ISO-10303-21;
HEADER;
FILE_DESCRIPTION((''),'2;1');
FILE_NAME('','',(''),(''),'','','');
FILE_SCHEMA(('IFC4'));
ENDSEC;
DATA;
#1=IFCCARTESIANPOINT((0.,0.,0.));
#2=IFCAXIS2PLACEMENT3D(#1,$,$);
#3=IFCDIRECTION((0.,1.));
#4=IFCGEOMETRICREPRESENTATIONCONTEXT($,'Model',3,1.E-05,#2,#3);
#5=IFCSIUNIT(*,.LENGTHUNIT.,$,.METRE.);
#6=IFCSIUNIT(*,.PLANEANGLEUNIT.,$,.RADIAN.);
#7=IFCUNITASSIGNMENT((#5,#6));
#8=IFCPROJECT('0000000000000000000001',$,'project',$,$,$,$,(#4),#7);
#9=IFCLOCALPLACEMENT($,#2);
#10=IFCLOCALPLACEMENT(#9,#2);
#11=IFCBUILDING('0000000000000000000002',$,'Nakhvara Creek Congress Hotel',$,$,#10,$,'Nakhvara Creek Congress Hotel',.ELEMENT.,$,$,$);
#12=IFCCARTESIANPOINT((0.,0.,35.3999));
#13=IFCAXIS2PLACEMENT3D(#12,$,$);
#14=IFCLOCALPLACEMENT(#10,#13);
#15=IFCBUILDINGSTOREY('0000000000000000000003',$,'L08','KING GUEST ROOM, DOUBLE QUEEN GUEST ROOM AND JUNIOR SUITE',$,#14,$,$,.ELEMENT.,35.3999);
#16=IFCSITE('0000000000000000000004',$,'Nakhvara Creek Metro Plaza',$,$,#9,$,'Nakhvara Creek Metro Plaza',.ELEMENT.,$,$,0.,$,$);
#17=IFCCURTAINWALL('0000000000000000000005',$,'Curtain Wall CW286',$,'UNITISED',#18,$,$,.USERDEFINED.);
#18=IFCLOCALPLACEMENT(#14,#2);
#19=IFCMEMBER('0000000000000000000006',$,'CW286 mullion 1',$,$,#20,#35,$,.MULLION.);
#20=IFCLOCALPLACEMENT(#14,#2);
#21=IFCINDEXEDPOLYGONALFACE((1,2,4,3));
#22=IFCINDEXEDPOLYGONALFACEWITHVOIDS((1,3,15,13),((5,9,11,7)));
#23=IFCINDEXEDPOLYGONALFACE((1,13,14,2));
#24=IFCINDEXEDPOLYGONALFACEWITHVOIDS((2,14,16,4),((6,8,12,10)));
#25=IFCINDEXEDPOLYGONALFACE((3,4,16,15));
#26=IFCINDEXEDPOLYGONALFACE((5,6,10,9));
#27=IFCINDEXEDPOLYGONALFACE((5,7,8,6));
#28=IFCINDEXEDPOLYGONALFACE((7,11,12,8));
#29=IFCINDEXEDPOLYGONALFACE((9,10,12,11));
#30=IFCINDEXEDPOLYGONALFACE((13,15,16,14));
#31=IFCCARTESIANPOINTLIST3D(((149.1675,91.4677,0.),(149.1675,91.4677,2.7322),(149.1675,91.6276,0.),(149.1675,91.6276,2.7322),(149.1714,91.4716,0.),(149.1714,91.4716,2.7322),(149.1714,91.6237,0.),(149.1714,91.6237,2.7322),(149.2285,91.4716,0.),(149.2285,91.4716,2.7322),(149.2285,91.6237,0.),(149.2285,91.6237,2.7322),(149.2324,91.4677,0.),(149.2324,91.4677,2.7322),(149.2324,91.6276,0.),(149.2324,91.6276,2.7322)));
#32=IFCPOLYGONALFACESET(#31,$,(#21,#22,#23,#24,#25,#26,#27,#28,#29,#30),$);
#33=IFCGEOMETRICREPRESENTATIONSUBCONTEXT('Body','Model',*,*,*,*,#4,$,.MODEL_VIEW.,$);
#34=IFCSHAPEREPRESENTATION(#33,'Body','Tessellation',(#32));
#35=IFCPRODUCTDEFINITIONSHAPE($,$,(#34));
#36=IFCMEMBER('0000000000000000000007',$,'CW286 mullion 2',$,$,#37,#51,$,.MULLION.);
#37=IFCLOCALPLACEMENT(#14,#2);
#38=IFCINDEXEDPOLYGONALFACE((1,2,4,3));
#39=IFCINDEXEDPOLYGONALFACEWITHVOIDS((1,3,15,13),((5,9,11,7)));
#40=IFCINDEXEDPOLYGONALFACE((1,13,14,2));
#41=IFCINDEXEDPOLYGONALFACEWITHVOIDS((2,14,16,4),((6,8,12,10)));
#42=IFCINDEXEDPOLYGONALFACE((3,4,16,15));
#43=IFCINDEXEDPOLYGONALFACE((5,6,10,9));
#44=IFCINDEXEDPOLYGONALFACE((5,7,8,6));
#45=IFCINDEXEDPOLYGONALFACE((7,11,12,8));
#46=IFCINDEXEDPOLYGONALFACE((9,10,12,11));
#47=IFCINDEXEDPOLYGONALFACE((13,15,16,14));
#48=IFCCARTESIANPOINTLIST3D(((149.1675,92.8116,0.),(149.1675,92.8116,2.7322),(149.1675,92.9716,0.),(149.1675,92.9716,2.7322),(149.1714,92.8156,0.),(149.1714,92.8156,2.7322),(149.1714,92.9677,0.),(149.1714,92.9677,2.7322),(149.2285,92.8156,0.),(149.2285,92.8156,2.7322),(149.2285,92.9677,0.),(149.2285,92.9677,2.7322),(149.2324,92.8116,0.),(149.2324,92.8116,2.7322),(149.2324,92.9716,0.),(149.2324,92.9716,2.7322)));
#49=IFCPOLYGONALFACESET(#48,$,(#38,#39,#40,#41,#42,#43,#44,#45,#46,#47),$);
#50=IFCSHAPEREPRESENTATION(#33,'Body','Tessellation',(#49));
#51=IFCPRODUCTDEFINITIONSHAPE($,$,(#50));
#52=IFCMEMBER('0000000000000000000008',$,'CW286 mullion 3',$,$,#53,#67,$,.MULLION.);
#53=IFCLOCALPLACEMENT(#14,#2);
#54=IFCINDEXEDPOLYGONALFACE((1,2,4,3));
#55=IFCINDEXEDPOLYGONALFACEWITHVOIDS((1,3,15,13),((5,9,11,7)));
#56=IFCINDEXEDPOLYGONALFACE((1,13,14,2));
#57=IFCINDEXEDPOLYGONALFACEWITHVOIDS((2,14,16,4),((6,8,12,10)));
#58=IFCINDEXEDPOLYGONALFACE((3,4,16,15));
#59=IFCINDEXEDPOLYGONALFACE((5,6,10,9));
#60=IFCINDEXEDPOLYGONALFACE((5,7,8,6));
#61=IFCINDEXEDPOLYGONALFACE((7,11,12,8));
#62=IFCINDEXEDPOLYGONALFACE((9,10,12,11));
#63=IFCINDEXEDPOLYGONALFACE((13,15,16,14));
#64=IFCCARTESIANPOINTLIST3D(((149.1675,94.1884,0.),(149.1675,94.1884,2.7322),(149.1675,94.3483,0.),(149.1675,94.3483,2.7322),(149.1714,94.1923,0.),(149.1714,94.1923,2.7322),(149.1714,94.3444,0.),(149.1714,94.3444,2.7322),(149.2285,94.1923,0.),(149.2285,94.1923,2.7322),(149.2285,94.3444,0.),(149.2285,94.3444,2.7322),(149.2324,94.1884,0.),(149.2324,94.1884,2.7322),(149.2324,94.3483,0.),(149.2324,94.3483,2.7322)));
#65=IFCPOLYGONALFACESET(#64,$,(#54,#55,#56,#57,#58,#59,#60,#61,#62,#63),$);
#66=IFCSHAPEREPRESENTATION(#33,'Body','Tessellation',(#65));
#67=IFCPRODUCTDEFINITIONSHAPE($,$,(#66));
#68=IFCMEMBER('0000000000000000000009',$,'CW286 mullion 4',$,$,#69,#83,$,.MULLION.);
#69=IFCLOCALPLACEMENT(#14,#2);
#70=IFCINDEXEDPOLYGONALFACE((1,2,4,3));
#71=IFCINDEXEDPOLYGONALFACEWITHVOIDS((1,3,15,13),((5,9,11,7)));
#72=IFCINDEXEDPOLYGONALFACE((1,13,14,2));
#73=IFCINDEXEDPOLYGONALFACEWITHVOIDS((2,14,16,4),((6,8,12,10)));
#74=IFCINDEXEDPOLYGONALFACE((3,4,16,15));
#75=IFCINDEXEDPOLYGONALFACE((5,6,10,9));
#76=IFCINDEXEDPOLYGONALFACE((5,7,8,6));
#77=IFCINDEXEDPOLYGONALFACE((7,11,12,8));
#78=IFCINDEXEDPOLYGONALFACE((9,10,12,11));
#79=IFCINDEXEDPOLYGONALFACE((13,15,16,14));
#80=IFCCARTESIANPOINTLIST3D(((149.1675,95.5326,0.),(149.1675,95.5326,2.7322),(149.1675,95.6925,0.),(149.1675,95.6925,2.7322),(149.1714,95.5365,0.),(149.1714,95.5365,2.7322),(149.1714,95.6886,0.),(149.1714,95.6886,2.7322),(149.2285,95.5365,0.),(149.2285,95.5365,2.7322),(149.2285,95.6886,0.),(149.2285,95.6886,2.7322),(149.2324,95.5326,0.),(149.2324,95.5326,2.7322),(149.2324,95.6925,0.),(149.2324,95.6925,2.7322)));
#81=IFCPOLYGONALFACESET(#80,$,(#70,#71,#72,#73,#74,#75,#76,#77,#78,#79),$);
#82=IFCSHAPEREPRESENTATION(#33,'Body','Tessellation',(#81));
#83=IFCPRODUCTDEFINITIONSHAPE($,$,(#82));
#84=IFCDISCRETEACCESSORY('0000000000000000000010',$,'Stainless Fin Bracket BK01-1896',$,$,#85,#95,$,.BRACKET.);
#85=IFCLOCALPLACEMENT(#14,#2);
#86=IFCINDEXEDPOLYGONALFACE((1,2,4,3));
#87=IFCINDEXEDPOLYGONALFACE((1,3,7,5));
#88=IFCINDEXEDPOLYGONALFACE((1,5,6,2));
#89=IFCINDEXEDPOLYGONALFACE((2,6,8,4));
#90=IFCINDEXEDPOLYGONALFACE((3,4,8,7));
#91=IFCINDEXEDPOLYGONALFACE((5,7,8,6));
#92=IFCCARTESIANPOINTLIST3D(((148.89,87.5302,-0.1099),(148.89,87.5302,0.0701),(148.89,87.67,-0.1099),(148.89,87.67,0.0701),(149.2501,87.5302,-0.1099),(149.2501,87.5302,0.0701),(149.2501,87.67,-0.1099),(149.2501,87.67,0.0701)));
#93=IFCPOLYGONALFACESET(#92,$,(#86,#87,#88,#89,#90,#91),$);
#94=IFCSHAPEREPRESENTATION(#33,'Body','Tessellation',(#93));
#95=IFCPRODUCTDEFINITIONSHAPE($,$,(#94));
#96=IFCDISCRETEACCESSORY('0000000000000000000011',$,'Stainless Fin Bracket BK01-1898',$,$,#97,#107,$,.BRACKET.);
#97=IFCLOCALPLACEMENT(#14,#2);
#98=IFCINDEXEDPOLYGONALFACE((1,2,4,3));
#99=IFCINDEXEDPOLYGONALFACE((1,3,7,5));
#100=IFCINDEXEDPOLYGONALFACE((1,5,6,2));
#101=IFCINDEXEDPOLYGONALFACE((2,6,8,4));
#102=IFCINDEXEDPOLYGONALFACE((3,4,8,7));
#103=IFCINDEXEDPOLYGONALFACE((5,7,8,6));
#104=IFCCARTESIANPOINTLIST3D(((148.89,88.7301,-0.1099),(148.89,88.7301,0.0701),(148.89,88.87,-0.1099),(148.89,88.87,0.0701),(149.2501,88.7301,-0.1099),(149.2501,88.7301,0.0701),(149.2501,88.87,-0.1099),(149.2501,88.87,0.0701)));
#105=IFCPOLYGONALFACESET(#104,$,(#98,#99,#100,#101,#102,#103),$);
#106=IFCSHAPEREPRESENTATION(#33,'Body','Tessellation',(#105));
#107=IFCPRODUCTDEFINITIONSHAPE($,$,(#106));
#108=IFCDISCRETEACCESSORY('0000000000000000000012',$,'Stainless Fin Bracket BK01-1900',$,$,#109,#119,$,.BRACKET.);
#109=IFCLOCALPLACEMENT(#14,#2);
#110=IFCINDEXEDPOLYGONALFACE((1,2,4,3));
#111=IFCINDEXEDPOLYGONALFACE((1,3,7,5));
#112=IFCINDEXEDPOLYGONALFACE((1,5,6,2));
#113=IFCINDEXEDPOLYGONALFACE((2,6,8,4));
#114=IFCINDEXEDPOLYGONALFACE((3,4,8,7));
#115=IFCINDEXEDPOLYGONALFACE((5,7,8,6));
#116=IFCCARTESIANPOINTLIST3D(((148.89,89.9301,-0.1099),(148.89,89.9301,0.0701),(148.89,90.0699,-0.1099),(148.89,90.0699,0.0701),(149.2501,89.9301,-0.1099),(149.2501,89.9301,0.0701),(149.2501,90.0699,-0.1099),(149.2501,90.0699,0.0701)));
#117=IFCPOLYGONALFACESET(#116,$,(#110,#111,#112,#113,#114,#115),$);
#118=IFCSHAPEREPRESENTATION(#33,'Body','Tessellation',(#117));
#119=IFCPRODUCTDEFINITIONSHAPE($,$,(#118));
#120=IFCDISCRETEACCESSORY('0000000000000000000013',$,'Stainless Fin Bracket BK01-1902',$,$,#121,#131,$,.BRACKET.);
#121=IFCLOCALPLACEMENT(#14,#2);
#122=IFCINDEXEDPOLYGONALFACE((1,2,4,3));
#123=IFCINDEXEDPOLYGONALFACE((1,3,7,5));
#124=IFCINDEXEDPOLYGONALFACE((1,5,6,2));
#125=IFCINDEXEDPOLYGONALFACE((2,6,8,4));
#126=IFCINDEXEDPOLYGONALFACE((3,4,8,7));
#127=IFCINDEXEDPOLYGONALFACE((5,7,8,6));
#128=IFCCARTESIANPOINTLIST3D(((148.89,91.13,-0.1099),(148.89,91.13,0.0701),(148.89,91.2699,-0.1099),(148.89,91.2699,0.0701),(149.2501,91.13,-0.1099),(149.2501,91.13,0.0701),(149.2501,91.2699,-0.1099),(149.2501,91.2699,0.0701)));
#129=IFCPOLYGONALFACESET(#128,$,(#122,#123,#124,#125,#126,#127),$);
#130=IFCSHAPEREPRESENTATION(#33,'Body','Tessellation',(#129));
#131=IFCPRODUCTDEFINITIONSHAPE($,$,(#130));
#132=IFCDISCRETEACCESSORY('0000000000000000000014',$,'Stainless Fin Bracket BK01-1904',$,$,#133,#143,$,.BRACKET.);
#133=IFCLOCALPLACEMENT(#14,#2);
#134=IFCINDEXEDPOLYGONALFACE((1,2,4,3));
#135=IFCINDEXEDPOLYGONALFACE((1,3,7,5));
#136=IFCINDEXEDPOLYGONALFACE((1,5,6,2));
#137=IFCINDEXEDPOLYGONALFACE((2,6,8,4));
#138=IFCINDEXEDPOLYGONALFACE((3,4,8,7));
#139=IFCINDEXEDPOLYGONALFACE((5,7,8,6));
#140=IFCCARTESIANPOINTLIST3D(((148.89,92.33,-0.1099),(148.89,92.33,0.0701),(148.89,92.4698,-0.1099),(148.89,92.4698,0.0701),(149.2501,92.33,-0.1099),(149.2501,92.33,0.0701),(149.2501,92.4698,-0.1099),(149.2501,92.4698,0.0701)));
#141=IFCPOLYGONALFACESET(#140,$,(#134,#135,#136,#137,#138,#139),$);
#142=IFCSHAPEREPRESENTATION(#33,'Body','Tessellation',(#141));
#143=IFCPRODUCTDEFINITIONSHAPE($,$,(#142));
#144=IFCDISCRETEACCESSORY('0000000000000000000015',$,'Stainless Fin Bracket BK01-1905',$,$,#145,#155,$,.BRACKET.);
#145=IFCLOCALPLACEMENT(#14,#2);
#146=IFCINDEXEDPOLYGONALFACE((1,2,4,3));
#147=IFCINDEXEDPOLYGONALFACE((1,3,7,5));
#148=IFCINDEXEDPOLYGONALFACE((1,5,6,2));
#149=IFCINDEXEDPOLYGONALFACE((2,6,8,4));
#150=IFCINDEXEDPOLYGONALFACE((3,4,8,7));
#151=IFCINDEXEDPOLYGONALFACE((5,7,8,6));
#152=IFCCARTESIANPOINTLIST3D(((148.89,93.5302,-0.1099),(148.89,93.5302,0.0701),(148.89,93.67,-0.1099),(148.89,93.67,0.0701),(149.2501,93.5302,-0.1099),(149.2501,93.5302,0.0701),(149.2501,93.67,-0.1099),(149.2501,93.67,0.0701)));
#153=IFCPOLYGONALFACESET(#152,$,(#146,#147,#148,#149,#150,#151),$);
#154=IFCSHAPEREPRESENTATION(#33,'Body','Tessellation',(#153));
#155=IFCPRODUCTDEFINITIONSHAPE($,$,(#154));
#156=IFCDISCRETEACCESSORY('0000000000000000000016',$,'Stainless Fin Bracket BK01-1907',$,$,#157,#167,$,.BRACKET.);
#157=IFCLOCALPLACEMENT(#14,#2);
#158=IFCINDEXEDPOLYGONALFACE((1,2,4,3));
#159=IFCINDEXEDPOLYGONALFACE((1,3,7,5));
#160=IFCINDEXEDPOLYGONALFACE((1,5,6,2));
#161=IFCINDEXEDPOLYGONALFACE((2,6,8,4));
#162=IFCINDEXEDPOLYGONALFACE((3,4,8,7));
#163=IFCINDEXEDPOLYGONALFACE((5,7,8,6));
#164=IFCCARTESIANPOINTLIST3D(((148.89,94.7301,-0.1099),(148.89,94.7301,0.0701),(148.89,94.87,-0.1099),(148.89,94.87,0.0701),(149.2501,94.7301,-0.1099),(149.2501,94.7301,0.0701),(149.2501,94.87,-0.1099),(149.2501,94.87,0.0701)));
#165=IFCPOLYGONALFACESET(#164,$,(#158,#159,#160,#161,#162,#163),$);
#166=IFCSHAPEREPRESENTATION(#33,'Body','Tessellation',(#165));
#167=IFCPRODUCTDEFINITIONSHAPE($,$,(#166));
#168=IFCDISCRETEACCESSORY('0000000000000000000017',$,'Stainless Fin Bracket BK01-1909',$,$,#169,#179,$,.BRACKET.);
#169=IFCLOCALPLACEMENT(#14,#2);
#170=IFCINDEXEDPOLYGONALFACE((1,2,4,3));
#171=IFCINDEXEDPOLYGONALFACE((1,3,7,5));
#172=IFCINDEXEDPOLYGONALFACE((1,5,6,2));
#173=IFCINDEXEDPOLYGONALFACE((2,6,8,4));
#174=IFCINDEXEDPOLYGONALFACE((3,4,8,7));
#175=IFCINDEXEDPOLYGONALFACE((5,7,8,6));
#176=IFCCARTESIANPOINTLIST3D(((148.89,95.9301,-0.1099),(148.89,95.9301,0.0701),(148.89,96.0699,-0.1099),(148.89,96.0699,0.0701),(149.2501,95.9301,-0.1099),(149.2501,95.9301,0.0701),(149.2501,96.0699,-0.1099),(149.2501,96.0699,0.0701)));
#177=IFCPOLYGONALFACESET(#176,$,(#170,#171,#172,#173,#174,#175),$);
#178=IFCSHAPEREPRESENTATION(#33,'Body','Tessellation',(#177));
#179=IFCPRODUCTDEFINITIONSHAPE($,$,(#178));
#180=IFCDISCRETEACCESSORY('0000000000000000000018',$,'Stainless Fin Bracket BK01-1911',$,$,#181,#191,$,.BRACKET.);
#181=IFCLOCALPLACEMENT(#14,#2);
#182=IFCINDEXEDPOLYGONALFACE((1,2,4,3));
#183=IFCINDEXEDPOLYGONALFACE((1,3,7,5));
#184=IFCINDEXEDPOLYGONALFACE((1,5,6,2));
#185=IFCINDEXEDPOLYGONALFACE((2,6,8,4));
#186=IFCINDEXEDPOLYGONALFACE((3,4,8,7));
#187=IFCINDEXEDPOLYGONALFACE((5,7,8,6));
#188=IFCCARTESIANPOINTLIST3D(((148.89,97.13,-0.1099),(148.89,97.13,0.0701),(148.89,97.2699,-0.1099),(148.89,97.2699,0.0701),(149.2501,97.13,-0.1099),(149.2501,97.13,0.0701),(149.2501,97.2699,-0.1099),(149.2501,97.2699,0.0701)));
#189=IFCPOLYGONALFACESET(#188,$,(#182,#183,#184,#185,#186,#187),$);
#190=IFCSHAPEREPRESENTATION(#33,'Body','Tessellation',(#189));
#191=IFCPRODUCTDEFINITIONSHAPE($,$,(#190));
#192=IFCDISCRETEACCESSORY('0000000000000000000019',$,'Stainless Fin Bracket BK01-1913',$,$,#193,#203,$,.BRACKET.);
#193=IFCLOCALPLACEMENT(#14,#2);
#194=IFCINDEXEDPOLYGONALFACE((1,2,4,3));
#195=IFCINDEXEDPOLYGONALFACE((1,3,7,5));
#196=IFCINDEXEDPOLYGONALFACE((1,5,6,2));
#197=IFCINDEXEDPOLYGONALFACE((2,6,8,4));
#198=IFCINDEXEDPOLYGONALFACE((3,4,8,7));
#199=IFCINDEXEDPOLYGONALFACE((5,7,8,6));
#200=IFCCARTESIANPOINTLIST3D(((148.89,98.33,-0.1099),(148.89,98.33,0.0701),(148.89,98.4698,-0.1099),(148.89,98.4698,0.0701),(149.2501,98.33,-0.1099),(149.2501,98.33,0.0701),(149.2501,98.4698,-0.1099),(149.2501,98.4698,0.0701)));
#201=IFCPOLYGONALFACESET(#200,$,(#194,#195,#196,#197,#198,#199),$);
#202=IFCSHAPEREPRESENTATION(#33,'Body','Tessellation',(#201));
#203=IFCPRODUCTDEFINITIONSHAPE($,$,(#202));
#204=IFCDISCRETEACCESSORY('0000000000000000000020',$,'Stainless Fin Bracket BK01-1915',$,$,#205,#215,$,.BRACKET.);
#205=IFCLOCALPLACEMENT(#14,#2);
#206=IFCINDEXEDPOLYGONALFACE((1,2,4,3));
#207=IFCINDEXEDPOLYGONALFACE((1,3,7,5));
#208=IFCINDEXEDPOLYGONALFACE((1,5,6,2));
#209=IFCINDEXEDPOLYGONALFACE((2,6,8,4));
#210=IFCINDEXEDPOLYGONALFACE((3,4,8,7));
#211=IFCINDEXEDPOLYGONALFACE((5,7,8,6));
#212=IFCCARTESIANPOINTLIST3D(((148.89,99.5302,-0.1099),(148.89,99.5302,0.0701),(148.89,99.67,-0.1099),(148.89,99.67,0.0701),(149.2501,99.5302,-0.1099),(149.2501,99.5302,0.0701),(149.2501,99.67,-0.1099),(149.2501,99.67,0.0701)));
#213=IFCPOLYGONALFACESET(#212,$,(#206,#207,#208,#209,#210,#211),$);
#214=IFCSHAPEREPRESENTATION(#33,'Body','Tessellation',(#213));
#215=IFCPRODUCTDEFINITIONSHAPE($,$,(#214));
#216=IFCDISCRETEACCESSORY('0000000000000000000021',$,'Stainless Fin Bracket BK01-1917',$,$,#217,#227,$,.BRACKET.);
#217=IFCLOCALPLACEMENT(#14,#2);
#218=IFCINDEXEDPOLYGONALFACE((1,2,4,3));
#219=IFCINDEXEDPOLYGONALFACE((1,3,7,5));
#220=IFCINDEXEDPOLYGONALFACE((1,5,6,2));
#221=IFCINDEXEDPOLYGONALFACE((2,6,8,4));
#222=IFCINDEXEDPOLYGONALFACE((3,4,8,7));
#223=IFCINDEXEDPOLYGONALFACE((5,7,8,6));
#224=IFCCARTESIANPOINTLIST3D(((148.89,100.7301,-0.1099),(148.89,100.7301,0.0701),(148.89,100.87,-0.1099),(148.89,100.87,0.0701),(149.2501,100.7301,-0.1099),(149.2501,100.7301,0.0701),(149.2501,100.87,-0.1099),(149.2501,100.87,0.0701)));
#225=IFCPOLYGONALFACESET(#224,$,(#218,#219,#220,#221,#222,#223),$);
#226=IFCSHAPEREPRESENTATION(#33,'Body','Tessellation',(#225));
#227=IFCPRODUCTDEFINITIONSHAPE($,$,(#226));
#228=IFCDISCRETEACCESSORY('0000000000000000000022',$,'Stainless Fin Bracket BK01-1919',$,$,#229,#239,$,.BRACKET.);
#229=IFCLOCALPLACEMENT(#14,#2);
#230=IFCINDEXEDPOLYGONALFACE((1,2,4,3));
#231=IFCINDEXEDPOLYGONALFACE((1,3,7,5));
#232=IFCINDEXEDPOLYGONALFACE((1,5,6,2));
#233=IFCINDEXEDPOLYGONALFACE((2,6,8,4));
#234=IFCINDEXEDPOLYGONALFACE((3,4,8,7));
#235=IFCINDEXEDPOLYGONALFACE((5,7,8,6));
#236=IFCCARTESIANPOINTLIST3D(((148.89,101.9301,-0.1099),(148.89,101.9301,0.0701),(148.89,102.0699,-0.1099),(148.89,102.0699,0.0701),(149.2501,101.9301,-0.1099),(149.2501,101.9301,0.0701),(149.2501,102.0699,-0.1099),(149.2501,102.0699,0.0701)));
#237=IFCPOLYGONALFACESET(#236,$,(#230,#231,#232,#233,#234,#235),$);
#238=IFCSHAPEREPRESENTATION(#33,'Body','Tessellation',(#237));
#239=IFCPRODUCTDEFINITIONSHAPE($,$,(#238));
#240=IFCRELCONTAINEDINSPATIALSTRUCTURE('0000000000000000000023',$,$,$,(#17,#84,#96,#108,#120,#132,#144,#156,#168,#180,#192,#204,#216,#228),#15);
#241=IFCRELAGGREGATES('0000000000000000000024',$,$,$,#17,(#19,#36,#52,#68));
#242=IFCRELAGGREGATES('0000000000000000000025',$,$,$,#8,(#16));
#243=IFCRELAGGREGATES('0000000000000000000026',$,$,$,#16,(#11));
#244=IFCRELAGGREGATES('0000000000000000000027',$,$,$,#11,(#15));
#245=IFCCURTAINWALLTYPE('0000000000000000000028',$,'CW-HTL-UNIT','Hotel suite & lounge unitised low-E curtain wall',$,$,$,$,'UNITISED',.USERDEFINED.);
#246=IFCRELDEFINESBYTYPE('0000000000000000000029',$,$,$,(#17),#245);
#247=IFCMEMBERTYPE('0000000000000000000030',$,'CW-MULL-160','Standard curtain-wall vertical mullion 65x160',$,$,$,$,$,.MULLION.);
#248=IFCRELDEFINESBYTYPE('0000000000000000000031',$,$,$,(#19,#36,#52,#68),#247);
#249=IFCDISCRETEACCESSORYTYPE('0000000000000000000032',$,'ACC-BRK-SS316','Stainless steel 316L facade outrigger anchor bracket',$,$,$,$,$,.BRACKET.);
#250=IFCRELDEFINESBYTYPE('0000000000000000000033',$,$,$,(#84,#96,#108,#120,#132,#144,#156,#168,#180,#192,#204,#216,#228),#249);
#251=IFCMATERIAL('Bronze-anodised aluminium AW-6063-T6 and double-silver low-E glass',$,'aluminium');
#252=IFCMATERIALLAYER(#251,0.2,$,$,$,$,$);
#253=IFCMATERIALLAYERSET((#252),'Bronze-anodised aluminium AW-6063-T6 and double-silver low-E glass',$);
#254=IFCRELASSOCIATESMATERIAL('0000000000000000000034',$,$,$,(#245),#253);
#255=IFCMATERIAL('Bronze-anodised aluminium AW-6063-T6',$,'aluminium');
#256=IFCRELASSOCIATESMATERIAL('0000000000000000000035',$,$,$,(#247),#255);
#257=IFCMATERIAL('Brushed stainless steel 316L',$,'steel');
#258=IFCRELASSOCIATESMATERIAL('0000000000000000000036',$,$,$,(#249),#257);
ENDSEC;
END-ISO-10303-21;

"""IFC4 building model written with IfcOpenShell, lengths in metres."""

from ifc_helpers import new_model, si_unit, direction, frame, origin, origin_2d, place, context, subcontext, project, spatial, rectangle, hollow_rectangle, extrude, material, layer, layer_set, material_profile, profile_set, type_object, element, aggregate, save


model = new_model("IFC4")

# Units and contexts
model_context = context("Model", 3, precision=1e-05, world=origin(), true_north=direction((0.0, 1.0)))
body_context = subcontext(model_context, "Body", "Model", "MODEL_VIEW")
ifc_project = project(units=[si_unit("LENGTHUNIT", "METRE"), si_unit("PLANEANGLEUNIT", "RADIAN")], contexts=[model_context])

# Site, building, storey
site_placement = place(None, origin())
site = spatial("IfcSite", under=ifc_project, at=site_placement, Name="Nakhvara Creek Metro Plaza", LongName="Nakhvara Creek Metro Plaza", CompositionType="ELEMENT", RefElevation=0.0)
building_placement = place(site_placement, origin())
building = spatial("IfcBuilding", under=site, at=building_placement, Name="Nakhvara Creek Congress Hotel", LongName="Nakhvara Creek Congress Hotel", CompositionType="ELEMENT")
storey_placement = place(building_placement, frame((0.0, 0.0, 35.3999)))
storey = spatial("IfcBuildingStorey", under=building, at=storey_placement, Name="L08", Description="KING GUEST ROOM, DOUBLE QUEEN GUEST ROOM AND JUNIOR SUITE", CompositionType="ELEMENT", Elevation=35.3999)

# Curtain wall, members
ifc_material_1 = material(Name="Bronze-anodised aluminium AW-6063-T6 and double-silver low-E glass", Category="aluminium")
ifc_layer = layer(ifc_material_1, 0.2)
ifc_layer_set = layer_set([ifc_layer], Name="Bronze-anodised aluminium AW-6063-T6 and double-silver low-E glass")
curtain_wall_type = type_object("IfcCurtainWallType", Name="CW-HTL-UNIT", Description="Hotel suite & lounge unitised low-E curtain wall", ElementType="UNITISED", PredefinedType="USERDEFINED", material=ifc_layer_set)
curtain_wall_placement = place(storey_placement, origin())
curtain_wall = element("IfcCurtainWall", 1, at=curtain_wall_placement, inside=storey, type_object=curtain_wall_type, Name="Curtain Wall CW286", ObjectType="UNITISED", PredefinedType="USERDEFINED")
ifc_material_2 = material(Name="Bronze-anodised aluminium AW-6063-T6", Category="aluminium")
ifc_material_profile = material_profile(ifc_material_2, hollow_rectangle(XDim=0.0649, YDim=0.1599, WallThickness=0.0039, at=origin_2d()), Name="ALU-MULL 65x160x4", Category="LoadBearing")
ifc_profile_set = profile_set([ifc_material_profile], Name="Bronze-anodised aluminium AW-6063-T6")
member_type = type_object("IfcMemberType", Name="CW-MULL-160", Description="Standard curtain-wall vertical mullion 65x160", PredefinedType="MULLION", material=ifc_profile_set)
member_1_placement = place(storey_placement, frame((149.2, 91.5476, 0.0), z_axis=(0.0, 0.0, 1.0), x_axis=(-1.0, 0.0, 0.0)))
member_1 = element("IfcMember", 2, at=member_1_placement, type_object=member_type, Name="CW286 mullion 1", PredefinedType="MULLION", context=body_context, shape_type="SweptSolid", body=[
    extrude(hollow_rectangle(XDim=0.0649, YDim=0.1599, WallThickness=0.0039, at=origin_2d()), origin(), (0.0, 0.0, 1.0), 2.7322),
])
member_2_placement = place(storey_placement, frame((149.2, 92.8916, 0.0), z_axis=(0.0, 0.0, 1.0), x_axis=(-1.0, 0.0, 0.0)))
member_2 = element("IfcMember", 3, at=member_2_placement, type_object=member_type, Name="CW286 mullion 2", PredefinedType="MULLION", context=body_context, shape_type="SweptSolid", body=[
    extrude(hollow_rectangle(XDim=0.0649, YDim=0.1599, WallThickness=0.0039, at=origin_2d()), origin(), (0.0, 0.0, 1.0), 2.7322),
])
member_3_placement = place(storey_placement, frame((149.2, 94.2683, 0.0), z_axis=(0.0, 0.0, 1.0), x_axis=(-1.0, 0.0, 0.0)))
member_3 = element("IfcMember", 4, at=member_3_placement, type_object=member_type, Name="CW286 mullion 3", PredefinedType="MULLION", context=body_context, shape_type="SweptSolid", body=[
    extrude(hollow_rectangle(XDim=0.0649, YDim=0.1599, WallThickness=0.0039, at=origin_2d()), origin(), (0.0, 0.0, 1.0), 2.7322),
])
member_4_placement = place(storey_placement, frame((149.2, 95.6125, 0.0), z_axis=(0.0, 0.0, 1.0), x_axis=(-1.0, 0.0, 0.0)))
member_4 = element("IfcMember", 5, at=member_4_placement, type_object=member_type, Name="CW286 mullion 4", PredefinedType="MULLION", context=body_context, shape_type="SweptSolid", body=[
    extrude(hollow_rectangle(XDim=0.0649, YDim=0.1599, WallThickness=0.0039, at=origin_2d()), origin(), (0.0, 0.0, 1.0), 2.7322),
])
aggregate(curtain_wall, [member_1, member_2, member_3, member_4])

# Discrete accessories
ifc_material_3 = material(Name="Brushed stainless steel 316L", Category="steel")
discrete_accessory_type = type_object("IfcDiscreteAccessoryType", Name="ACC-BRK-SS316", Description="Stainless steel 316L facade outrigger anchor bracket", PredefinedType="BRACKET", material=ifc_material_3)
for number, where, z_axis, x_axis, name in (
    (6, (149.0701, 87.6001, -0.1099), (0.0, 0.0, 1.0), (0.0, 1.0, 0.0), "Stainless Fin Bracket BK01-1896"),
    (7, (149.0701, 88.8, -0.1099), (0.0, 0.0, 1.0), (0.0, 1.0, 0.0), "Stainless Fin Bracket BK01-1898"),
    (8, (149.0701, 90.0, -0.1099), (0.0, 0.0, 1.0), (0.0, 1.0, 0.0), "Stainless Fin Bracket BK01-1900"),
    (9, (149.0701, 91.2, -0.1099), (0.0, 0.0, 1.0), (0.0, 1.0, 0.0), "Stainless Fin Bracket BK01-1902"),
    (10, (149.0701, 92.3999, -0.1099), (0.0, 0.0, 1.0), (0.0, 1.0, 0.0), "Stainless Fin Bracket BK01-1904"),
    (11, (149.0701, 93.6001, -0.1099), (0.0, 0.0, 1.0), (0.0, 1.0, 0.0), "Stainless Fin Bracket BK01-1905"),
    (12, (149.0701, 94.8, -0.1099), (0.0, 0.0, 1.0), (0.0, 1.0, 0.0), "Stainless Fin Bracket BK01-1907"),
    (13, (149.0701, 96.0, -0.1099), (0.0, 0.0, 1.0), (0.0, 1.0, 0.0), "Stainless Fin Bracket BK01-1909"),
    (14, (149.0701, 97.2, -0.1099), (0.0, 0.0, 1.0), (0.0, 1.0, 0.0), "Stainless Fin Bracket BK01-1911"),
    (15, (149.0701, 98.3999, -0.1099), (0.0, 0.0, 1.0), (0.0, 1.0, 0.0), "Stainless Fin Bracket BK01-1913"),
    (16, (149.0701, 99.6001, -0.1099), (0.0, 0.0, 1.0), (0.0, 1.0, 0.0), "Stainless Fin Bracket BK01-1915"),
    (17, (149.0701, 100.8, -0.1099), (0.0, 0.0, 1.0), (0.0, 1.0, 0.0), "Stainless Fin Bracket BK01-1917"),
    (18, (149.0701, 102.0, -0.1099), (0.0, 0.0, 1.0), (0.0, 1.0, 0.0), "Stainless Fin Bracket BK01-1919"),
):
    element("IfcDiscreteAccessory", number, at=place(storey_placement, frame(where, z_axis=z_axis, x_axis=x_axis)), inside=storey, type_object=discrete_accessory_type, Name=name, PredefinedType="BRACKET", context=body_context, shape_type="SweptSolid", body=[
        extrude(rectangle(XDim=0.1399, YDim=0.3601, at=origin_2d()), origin(), (0.0, 0.0, 1.0), 0.1799),
    ])

save(model, "model.ifc")
